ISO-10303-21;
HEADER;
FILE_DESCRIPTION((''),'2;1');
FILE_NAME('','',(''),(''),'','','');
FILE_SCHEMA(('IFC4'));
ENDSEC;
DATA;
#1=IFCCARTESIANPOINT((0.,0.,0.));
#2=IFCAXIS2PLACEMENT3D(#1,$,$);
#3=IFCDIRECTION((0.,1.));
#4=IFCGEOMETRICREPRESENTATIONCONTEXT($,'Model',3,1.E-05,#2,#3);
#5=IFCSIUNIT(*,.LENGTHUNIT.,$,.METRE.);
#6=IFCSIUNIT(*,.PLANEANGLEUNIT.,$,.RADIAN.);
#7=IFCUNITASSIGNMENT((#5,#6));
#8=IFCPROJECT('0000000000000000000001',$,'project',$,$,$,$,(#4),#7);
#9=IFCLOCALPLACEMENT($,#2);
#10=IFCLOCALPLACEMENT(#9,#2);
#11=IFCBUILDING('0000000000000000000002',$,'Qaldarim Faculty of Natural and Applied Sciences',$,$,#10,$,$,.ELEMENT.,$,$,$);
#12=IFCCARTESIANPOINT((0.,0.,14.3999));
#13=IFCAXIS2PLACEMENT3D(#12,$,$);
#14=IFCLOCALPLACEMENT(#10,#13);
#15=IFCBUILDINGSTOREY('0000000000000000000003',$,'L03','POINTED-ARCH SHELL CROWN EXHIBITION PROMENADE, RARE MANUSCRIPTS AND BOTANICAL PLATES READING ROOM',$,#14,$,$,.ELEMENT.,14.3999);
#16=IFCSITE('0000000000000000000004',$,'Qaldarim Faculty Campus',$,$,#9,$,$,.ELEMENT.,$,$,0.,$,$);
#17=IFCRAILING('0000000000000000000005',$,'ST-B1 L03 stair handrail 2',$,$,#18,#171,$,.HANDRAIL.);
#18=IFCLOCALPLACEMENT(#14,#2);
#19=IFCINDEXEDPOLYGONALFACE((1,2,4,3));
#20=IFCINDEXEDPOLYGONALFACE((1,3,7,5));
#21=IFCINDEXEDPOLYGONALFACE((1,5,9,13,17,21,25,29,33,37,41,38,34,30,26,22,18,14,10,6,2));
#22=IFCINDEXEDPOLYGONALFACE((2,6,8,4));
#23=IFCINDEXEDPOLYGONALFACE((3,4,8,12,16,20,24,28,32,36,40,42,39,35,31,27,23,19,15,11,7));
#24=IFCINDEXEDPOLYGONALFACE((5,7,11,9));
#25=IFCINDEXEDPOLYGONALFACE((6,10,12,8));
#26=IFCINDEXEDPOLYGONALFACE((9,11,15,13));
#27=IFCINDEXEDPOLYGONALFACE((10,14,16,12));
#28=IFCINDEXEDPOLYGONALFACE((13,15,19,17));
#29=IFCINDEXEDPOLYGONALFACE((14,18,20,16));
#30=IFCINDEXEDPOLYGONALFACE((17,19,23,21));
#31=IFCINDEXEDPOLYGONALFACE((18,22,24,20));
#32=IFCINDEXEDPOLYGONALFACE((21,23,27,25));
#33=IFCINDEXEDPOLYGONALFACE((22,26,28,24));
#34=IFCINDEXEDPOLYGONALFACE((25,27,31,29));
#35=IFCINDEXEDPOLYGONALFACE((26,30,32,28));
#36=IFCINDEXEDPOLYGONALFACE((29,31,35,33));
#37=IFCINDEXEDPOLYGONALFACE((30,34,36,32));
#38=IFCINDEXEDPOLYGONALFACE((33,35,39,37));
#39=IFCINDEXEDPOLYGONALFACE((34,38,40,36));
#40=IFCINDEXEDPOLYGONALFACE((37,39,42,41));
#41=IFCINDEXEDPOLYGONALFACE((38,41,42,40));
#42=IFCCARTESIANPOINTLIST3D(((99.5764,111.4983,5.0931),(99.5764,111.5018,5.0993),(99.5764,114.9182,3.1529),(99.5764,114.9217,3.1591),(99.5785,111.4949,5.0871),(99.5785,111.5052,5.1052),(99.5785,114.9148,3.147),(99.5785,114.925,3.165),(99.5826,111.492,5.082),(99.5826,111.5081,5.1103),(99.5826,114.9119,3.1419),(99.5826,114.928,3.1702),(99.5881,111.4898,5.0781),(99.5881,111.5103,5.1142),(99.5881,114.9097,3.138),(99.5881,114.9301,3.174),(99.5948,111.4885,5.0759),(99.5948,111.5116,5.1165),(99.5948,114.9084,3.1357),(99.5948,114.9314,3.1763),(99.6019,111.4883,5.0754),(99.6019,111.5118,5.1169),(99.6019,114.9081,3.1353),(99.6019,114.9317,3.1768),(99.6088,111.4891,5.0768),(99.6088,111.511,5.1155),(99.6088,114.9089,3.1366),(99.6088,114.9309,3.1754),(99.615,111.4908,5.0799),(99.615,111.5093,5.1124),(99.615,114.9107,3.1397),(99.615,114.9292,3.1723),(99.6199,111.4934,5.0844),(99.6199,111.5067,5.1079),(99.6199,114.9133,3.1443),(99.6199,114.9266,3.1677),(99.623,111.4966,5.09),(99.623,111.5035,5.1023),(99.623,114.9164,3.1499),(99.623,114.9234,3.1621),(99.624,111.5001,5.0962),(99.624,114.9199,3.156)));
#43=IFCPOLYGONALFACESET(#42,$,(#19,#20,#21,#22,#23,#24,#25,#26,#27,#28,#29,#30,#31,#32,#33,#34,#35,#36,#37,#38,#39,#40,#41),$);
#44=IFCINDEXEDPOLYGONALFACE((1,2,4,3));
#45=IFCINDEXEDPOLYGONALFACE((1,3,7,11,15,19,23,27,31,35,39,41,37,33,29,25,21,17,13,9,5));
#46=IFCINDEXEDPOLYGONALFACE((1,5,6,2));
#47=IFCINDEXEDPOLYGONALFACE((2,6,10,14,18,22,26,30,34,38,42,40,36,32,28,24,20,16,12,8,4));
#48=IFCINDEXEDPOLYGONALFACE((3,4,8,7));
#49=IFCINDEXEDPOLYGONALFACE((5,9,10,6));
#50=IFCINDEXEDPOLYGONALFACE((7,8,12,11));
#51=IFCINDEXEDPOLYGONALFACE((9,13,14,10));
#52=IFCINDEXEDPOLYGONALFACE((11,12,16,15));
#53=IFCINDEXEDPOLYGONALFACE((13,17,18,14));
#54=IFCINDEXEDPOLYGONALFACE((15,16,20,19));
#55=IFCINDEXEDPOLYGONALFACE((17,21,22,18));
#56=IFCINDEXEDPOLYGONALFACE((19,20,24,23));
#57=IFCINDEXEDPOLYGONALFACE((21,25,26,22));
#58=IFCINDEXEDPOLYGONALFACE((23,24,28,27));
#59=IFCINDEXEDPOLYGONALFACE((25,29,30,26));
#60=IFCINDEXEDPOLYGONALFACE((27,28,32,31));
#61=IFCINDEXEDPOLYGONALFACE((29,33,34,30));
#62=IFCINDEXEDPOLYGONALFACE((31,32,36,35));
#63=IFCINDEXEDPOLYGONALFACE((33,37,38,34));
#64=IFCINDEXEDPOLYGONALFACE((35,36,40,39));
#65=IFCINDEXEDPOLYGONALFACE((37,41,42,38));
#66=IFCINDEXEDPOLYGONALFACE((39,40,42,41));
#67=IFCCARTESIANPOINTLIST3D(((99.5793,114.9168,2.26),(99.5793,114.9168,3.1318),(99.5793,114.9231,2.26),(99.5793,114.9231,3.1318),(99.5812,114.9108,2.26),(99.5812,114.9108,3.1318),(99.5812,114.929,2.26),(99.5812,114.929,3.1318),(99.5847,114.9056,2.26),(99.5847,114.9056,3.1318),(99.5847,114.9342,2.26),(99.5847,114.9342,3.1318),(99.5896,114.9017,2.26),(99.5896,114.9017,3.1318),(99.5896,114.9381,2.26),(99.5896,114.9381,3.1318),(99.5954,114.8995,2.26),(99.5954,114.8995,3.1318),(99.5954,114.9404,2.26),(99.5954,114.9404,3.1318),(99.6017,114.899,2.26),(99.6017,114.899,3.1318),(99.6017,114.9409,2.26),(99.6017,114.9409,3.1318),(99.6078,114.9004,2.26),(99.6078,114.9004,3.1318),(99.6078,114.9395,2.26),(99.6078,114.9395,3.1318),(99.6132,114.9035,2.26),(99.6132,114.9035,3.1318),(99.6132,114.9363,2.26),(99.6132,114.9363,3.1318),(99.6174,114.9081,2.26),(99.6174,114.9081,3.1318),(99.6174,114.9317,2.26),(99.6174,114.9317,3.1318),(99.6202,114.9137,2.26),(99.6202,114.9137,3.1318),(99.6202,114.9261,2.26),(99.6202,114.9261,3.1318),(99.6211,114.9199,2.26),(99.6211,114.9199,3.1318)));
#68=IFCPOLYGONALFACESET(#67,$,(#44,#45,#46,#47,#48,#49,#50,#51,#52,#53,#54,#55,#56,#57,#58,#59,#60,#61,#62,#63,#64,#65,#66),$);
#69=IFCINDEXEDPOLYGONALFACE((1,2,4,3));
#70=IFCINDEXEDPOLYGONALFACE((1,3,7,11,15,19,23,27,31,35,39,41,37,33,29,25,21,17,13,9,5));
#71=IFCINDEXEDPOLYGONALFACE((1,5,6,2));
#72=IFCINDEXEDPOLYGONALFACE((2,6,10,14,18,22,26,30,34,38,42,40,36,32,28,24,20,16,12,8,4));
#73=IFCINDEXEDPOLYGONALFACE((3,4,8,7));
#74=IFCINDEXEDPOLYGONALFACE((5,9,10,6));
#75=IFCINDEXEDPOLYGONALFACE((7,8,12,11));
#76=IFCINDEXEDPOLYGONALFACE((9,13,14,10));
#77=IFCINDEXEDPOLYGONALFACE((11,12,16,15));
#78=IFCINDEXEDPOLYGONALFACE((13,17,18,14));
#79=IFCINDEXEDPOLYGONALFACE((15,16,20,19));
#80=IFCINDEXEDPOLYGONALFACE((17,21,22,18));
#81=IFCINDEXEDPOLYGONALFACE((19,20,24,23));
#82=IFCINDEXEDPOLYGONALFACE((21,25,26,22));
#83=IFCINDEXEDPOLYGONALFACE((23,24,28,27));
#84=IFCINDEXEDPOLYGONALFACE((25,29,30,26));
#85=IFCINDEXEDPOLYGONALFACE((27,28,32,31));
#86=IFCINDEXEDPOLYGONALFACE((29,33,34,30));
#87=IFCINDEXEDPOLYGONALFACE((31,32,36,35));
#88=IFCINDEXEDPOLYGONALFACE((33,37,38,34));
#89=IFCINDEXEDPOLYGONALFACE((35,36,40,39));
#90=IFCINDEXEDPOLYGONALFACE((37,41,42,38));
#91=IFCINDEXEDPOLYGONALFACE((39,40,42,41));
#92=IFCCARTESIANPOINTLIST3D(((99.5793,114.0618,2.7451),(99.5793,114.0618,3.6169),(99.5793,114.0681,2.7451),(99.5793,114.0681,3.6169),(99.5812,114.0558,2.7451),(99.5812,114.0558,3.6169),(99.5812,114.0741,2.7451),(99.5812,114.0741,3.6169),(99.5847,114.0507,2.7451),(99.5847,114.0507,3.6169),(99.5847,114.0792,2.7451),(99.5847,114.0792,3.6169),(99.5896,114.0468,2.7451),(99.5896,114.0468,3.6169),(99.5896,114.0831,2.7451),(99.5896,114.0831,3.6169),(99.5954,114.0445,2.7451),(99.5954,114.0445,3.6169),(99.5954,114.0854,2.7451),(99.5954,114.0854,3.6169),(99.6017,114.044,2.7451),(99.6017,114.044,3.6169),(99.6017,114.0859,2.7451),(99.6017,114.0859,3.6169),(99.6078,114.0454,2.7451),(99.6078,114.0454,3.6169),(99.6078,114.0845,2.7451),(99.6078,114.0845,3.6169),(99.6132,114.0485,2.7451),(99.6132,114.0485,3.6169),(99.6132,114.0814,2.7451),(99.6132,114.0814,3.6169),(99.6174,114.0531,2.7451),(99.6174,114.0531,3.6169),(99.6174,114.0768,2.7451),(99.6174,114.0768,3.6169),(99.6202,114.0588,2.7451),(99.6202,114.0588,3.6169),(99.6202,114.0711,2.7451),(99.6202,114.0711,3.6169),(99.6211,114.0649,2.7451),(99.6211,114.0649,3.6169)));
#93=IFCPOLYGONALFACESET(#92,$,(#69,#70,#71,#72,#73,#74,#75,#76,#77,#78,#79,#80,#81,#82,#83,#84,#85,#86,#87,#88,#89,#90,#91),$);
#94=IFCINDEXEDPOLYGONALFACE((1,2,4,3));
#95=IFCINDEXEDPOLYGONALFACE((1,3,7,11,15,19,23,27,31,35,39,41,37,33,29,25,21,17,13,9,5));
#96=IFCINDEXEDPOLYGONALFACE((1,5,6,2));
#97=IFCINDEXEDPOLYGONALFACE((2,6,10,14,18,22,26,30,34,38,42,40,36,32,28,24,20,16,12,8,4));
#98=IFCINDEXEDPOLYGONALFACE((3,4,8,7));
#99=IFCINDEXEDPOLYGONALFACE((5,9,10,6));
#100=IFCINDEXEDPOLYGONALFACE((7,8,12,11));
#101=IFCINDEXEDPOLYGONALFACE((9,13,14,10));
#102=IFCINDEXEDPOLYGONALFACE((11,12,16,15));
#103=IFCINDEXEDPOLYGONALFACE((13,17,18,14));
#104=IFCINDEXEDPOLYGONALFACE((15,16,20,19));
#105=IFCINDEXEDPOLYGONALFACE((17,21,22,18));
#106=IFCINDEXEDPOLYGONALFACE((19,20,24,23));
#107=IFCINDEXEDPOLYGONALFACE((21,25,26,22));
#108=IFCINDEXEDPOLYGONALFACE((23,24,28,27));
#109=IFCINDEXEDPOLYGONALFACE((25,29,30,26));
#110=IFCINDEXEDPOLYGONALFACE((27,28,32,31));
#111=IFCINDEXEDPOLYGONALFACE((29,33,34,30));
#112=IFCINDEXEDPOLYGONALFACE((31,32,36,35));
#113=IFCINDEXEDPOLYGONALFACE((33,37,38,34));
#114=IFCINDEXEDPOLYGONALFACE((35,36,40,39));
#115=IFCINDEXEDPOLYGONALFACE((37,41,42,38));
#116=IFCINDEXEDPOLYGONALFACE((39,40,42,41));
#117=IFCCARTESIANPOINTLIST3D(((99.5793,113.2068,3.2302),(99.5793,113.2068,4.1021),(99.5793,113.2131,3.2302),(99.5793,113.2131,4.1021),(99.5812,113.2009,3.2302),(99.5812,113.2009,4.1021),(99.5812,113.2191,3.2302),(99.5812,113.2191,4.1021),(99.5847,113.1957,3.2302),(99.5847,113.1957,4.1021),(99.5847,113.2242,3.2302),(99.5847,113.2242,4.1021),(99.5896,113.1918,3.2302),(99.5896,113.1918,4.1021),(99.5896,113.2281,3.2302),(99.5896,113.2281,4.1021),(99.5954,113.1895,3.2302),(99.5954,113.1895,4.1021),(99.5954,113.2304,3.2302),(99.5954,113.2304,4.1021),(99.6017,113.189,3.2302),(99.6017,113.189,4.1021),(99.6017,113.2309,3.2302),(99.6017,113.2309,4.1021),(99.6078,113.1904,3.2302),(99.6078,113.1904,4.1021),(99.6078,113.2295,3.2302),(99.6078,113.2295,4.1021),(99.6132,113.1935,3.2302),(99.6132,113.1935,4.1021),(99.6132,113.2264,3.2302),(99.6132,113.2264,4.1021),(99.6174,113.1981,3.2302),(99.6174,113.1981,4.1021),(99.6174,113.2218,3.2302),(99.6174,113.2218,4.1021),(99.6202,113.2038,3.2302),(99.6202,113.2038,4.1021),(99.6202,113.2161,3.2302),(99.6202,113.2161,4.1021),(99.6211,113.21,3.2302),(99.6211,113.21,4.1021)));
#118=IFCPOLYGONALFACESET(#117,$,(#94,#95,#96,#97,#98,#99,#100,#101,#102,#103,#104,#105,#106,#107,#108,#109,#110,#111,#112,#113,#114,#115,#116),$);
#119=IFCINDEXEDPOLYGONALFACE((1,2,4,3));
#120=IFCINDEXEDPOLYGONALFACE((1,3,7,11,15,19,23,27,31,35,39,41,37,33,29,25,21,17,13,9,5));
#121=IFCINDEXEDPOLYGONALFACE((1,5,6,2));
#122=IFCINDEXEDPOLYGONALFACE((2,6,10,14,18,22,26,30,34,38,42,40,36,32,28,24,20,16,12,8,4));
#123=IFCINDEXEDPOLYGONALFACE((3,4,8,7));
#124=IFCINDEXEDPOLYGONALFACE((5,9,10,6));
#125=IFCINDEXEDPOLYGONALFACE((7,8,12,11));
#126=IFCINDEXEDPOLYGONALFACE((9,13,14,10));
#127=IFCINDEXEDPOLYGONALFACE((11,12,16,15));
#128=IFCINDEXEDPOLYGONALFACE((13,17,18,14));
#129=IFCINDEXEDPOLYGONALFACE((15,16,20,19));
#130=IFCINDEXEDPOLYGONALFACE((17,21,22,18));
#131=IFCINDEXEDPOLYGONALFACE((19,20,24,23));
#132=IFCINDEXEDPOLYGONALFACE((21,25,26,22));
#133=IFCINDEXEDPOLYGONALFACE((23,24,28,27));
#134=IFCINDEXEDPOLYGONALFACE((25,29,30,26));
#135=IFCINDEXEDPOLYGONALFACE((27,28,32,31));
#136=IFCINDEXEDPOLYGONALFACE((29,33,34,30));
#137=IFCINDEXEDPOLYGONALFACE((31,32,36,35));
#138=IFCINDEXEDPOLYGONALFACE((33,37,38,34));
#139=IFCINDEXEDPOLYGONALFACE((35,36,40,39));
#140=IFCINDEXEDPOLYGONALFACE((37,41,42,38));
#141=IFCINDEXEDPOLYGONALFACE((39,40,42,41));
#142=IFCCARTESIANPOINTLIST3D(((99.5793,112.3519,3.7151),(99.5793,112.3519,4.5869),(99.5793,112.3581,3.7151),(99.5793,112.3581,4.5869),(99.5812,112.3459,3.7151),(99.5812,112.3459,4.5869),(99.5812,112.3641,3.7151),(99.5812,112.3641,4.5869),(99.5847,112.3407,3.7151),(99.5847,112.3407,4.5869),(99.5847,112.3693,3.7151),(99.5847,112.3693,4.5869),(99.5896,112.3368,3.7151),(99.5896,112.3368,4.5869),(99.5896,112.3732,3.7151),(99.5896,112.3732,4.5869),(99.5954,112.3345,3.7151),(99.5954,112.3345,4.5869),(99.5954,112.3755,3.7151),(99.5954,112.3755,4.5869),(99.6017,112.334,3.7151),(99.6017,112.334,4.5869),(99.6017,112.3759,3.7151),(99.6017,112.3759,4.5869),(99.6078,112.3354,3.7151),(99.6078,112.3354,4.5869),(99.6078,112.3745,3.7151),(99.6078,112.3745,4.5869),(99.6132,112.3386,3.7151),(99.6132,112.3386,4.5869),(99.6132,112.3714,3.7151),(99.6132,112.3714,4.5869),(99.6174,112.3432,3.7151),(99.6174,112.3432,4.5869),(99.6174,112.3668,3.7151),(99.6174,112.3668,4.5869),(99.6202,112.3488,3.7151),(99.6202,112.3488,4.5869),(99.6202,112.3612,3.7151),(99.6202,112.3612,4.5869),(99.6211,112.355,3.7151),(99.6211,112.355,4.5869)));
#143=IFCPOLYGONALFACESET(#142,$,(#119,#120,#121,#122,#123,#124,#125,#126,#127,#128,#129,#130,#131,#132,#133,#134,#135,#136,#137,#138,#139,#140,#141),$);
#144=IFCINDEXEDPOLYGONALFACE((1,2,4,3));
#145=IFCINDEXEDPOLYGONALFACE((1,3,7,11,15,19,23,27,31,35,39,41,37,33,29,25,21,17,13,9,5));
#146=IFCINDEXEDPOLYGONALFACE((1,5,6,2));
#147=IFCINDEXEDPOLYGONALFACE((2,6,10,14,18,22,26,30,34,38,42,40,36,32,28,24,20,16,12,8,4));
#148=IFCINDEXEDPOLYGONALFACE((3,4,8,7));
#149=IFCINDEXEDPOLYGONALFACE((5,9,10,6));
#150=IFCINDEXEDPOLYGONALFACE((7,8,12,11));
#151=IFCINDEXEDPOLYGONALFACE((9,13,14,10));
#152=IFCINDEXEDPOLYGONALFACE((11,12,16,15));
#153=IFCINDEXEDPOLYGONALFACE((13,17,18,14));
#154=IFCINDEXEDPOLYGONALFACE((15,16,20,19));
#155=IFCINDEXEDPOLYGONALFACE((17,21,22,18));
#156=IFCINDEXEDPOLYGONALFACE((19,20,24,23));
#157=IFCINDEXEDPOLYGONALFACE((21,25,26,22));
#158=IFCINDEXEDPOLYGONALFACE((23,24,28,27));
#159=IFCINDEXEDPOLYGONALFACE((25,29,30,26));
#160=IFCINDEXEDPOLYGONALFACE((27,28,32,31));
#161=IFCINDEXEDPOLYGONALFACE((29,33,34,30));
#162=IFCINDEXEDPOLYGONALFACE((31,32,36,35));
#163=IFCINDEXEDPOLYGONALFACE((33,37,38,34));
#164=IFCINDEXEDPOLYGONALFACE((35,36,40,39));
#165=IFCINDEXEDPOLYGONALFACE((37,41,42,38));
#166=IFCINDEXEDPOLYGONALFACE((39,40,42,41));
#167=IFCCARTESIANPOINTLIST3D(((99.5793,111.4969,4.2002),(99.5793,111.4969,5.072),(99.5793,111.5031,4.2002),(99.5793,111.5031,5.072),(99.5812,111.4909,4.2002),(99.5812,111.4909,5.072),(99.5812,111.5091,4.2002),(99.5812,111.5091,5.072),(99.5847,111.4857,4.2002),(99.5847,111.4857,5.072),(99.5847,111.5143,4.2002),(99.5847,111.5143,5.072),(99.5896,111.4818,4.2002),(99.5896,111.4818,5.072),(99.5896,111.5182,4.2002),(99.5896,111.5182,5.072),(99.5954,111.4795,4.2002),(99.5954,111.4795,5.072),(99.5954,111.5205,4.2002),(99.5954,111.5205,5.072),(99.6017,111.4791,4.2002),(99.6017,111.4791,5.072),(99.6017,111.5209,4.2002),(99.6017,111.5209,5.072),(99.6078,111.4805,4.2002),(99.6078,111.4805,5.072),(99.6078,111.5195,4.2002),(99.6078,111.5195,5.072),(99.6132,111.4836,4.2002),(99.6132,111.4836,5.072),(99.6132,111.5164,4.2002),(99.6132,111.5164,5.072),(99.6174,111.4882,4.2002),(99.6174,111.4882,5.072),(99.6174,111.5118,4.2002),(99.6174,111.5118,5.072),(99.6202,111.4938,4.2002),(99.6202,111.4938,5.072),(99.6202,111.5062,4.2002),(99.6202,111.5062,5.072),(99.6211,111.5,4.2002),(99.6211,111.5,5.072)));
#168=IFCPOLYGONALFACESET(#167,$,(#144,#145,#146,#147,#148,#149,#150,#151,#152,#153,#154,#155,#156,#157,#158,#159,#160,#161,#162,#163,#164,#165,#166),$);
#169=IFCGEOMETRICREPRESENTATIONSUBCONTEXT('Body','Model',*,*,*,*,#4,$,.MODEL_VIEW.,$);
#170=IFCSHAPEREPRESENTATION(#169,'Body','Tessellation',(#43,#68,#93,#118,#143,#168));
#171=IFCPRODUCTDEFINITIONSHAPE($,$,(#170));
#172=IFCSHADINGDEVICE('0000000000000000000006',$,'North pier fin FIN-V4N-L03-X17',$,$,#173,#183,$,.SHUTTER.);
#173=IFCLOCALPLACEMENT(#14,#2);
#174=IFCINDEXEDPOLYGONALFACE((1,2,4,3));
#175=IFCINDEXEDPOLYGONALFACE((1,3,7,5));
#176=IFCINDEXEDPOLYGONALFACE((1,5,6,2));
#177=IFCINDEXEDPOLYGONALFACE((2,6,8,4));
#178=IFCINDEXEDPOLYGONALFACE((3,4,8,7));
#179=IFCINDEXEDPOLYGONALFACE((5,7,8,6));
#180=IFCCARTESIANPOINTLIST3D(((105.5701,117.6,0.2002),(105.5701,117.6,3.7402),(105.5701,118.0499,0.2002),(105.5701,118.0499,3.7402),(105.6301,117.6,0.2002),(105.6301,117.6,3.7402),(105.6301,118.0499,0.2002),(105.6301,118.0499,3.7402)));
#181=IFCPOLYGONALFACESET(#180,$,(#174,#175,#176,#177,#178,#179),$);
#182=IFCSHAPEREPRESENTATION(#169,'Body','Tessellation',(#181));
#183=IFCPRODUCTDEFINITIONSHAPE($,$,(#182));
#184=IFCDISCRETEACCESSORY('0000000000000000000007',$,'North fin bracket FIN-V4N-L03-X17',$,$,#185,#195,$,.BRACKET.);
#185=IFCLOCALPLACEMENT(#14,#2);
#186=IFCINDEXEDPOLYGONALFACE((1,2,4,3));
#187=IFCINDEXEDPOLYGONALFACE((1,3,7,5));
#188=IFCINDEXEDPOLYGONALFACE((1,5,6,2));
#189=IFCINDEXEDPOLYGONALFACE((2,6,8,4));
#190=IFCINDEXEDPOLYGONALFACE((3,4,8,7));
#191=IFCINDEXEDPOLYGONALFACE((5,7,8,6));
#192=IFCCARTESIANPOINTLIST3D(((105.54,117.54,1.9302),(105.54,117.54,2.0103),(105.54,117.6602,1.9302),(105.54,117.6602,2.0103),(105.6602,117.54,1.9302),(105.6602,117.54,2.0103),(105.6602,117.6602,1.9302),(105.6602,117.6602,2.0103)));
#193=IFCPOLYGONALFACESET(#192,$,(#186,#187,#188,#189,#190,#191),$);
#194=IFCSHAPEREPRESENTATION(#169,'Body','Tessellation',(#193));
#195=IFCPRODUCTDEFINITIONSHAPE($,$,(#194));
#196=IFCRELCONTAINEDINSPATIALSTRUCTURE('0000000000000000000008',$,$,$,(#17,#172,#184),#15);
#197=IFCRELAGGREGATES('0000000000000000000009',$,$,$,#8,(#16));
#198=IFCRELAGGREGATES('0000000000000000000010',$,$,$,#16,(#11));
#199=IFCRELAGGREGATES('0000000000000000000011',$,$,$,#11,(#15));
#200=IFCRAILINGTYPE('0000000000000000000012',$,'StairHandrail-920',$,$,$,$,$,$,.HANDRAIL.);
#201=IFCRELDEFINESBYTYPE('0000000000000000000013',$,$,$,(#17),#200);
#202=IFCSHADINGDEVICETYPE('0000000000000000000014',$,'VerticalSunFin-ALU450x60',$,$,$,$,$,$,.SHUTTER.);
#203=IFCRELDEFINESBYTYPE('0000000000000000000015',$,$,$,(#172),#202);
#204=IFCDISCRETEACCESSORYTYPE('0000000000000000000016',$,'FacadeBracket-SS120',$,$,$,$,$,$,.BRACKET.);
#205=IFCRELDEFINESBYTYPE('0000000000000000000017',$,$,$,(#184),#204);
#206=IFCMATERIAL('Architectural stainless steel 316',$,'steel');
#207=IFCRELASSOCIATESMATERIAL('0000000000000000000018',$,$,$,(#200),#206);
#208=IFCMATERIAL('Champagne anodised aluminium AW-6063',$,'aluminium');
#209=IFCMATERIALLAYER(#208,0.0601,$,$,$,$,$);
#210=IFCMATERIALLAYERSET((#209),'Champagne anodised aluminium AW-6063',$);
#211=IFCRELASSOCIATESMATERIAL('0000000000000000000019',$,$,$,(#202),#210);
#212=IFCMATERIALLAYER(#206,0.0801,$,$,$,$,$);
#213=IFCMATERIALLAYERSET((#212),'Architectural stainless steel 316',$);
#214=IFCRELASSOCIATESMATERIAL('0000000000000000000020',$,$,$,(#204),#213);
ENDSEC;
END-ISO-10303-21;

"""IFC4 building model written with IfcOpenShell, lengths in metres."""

from ifc_helpers import new_model, si_unit, direction, frame, origin, origin_2d, place, context, subcontext, project, spatial, rectangle, circle, extrude, material, layer, layer_set, type_object, element, save


model = new_model("IFC4")

# Units and contexts
model_context = context("Model", 3, precision=1e-05, world=origin(), true_north=direction((0.0, 1.0)))
body_context = subcontext(model_context, "Body", "Model", "MODEL_VIEW")
ifc_project = project(units=[si_unit("LENGTHUNIT", "METRE"), si_unit("PLANEANGLEUNIT", "RADIAN")], contexts=[model_context])

# Site, building, storey
site_placement = place(None, origin())
site = spatial("IfcSite", under=ifc_project, at=site_placement, Name="Qaldarim Faculty Campus", CompositionType="ELEMENT", RefElevation=0.0)
building_placement = place(site_placement, origin())
building = spatial("IfcBuilding", under=site, at=building_placement, Name="Qaldarim Faculty of Natural and Applied Sciences", CompositionType="ELEMENT")
storey_placement = place(building_placement, frame((0.0, 0.0, 14.3999)))
storey = spatial("IfcBuildingStorey", under=building, at=storey_placement, Name="L03", Description="POINTED-ARCH SHELL CROWN EXHIBITION PROMENADE, RARE MANUSCRIPTS AND BOTANICAL PLATES READING ROOM", CompositionType="ELEMENT", Elevation=14.3999)

# Shared definitions
ifc_material_1 = material(Name="Architectural stainless steel 316", Category="steel")

# Railing
railing_type_1 = type_object("IfcRailingType", Name="StairHandrail-920", PredefinedType="HANDRAIL", material=ifc_material_1)
railing_1_placement = place(storey_placement, frame((99.6001, 114.9199, 2.26)))
element("IfcRailing", 1, at=railing_1_placement, inside=storey, type_object=railing_type_1, Name="ST-B1 L03 stair handrail 2", PredefinedType="HANDRAIL", context=body_context, shape_type="SweptSolid", body=[
    extrude(circle(Radius=0.0239, at=origin_2d()), frame((0.0, 0.0, 0.896), z_axis=(0.0, -0.869779, 0.493442), x_axis=(1.0, 0.0, 0.0)), (0.0, 0.0, 1.0), 3.9319),
    extrude(circle(Radius=0.021, at=origin_2d()), origin(), (0.0, 0.0, 1.0), 0.8718),
    extrude(circle(Radius=0.021, at=origin_2d()), frame((0.0, -0.855, 0.4851)), (0.0, 0.0, 1.0), 0.8718),
    extrude(circle(Radius=0.021, at=origin_2d()), frame((0.0, -1.71, 0.9702)), (0.0, 0.0, 1.0), 0.8718),
    extrude(circle(Radius=0.021, at=origin_2d()), frame((0.0, -2.5649, 1.4551)), (0.0, 0.0, 1.0), 0.8718),
    extrude(circle(Radius=0.021, at=origin_2d()), frame((0.0, -3.4199, 1.9402)), (0.0, 0.0, 1.0), 0.8718),
])

# Shading device
ifc_material_2 = material(Name="Champagne anodised aluminium AW-6063", Category="aluminium")
ifc_layer_1 = layer(ifc_material_2, 0.0601)
ifc_layer_set_1 = layer_set([ifc_layer_1], Name="Champagne anodised aluminium AW-6063")
shading_device_type = type_object("IfcShadingDeviceType", Name="VerticalSunFin-ALU450x60", PredefinedType="SHUTTER", material=ifc_layer_set_1)
shading_device_placement = place(storey_placement, frame((105.6001, 117.825, 0.2002), z_axis=(0.0, 0.0, 1.0), x_axis=(1.0, 0.0, 0.0)))
element("IfcShadingDevice", 2, at=shading_device_placement, inside=storey, type_object=shading_device_type, Name="North pier fin FIN-V4N-L03-X17", PredefinedType="SHUTTER", context=body_context, shape_type="SweptSolid", body=[
    extrude(rectangle(XDim=0.0601, YDim=0.45, at=origin_2d()), origin(), (0.0, 0.0, 1.0), 3.54),
])

# Discrete accessory
ifc_layer_2 = layer(ifc_material_1, 0.0801)
ifc_layer_set_2 = layer_set([ifc_layer_2], Name="Architectural stainless steel 316")
discrete_accessory_type = type_object("IfcDiscreteAccessoryType", Name="FacadeBracket-SS120", PredefinedType="BRACKET", material=ifc_layer_set_2)
discrete_accessory_placement = place(storey_placement, frame((105.6001, 117.6001, 1.9302), z_axis=(0.0, 0.0, 1.0), x_axis=(1.0, 0.0, 0.0)))
element("IfcDiscreteAccessory", 3, at=discrete_accessory_placement, inside=storey, type_object=discrete_accessory_type, Name="North fin bracket FIN-V4N-L03-X17", PredefinedType="BRACKET", context=body_context, shape_type="SweptSolid", body=[
    extrude(rectangle(XDim=0.1201, YDim=0.1201, at=origin_2d()), origin(), (0.0, 0.0, 1.0), 0.0801),
])

save(model, "model.ifc")
